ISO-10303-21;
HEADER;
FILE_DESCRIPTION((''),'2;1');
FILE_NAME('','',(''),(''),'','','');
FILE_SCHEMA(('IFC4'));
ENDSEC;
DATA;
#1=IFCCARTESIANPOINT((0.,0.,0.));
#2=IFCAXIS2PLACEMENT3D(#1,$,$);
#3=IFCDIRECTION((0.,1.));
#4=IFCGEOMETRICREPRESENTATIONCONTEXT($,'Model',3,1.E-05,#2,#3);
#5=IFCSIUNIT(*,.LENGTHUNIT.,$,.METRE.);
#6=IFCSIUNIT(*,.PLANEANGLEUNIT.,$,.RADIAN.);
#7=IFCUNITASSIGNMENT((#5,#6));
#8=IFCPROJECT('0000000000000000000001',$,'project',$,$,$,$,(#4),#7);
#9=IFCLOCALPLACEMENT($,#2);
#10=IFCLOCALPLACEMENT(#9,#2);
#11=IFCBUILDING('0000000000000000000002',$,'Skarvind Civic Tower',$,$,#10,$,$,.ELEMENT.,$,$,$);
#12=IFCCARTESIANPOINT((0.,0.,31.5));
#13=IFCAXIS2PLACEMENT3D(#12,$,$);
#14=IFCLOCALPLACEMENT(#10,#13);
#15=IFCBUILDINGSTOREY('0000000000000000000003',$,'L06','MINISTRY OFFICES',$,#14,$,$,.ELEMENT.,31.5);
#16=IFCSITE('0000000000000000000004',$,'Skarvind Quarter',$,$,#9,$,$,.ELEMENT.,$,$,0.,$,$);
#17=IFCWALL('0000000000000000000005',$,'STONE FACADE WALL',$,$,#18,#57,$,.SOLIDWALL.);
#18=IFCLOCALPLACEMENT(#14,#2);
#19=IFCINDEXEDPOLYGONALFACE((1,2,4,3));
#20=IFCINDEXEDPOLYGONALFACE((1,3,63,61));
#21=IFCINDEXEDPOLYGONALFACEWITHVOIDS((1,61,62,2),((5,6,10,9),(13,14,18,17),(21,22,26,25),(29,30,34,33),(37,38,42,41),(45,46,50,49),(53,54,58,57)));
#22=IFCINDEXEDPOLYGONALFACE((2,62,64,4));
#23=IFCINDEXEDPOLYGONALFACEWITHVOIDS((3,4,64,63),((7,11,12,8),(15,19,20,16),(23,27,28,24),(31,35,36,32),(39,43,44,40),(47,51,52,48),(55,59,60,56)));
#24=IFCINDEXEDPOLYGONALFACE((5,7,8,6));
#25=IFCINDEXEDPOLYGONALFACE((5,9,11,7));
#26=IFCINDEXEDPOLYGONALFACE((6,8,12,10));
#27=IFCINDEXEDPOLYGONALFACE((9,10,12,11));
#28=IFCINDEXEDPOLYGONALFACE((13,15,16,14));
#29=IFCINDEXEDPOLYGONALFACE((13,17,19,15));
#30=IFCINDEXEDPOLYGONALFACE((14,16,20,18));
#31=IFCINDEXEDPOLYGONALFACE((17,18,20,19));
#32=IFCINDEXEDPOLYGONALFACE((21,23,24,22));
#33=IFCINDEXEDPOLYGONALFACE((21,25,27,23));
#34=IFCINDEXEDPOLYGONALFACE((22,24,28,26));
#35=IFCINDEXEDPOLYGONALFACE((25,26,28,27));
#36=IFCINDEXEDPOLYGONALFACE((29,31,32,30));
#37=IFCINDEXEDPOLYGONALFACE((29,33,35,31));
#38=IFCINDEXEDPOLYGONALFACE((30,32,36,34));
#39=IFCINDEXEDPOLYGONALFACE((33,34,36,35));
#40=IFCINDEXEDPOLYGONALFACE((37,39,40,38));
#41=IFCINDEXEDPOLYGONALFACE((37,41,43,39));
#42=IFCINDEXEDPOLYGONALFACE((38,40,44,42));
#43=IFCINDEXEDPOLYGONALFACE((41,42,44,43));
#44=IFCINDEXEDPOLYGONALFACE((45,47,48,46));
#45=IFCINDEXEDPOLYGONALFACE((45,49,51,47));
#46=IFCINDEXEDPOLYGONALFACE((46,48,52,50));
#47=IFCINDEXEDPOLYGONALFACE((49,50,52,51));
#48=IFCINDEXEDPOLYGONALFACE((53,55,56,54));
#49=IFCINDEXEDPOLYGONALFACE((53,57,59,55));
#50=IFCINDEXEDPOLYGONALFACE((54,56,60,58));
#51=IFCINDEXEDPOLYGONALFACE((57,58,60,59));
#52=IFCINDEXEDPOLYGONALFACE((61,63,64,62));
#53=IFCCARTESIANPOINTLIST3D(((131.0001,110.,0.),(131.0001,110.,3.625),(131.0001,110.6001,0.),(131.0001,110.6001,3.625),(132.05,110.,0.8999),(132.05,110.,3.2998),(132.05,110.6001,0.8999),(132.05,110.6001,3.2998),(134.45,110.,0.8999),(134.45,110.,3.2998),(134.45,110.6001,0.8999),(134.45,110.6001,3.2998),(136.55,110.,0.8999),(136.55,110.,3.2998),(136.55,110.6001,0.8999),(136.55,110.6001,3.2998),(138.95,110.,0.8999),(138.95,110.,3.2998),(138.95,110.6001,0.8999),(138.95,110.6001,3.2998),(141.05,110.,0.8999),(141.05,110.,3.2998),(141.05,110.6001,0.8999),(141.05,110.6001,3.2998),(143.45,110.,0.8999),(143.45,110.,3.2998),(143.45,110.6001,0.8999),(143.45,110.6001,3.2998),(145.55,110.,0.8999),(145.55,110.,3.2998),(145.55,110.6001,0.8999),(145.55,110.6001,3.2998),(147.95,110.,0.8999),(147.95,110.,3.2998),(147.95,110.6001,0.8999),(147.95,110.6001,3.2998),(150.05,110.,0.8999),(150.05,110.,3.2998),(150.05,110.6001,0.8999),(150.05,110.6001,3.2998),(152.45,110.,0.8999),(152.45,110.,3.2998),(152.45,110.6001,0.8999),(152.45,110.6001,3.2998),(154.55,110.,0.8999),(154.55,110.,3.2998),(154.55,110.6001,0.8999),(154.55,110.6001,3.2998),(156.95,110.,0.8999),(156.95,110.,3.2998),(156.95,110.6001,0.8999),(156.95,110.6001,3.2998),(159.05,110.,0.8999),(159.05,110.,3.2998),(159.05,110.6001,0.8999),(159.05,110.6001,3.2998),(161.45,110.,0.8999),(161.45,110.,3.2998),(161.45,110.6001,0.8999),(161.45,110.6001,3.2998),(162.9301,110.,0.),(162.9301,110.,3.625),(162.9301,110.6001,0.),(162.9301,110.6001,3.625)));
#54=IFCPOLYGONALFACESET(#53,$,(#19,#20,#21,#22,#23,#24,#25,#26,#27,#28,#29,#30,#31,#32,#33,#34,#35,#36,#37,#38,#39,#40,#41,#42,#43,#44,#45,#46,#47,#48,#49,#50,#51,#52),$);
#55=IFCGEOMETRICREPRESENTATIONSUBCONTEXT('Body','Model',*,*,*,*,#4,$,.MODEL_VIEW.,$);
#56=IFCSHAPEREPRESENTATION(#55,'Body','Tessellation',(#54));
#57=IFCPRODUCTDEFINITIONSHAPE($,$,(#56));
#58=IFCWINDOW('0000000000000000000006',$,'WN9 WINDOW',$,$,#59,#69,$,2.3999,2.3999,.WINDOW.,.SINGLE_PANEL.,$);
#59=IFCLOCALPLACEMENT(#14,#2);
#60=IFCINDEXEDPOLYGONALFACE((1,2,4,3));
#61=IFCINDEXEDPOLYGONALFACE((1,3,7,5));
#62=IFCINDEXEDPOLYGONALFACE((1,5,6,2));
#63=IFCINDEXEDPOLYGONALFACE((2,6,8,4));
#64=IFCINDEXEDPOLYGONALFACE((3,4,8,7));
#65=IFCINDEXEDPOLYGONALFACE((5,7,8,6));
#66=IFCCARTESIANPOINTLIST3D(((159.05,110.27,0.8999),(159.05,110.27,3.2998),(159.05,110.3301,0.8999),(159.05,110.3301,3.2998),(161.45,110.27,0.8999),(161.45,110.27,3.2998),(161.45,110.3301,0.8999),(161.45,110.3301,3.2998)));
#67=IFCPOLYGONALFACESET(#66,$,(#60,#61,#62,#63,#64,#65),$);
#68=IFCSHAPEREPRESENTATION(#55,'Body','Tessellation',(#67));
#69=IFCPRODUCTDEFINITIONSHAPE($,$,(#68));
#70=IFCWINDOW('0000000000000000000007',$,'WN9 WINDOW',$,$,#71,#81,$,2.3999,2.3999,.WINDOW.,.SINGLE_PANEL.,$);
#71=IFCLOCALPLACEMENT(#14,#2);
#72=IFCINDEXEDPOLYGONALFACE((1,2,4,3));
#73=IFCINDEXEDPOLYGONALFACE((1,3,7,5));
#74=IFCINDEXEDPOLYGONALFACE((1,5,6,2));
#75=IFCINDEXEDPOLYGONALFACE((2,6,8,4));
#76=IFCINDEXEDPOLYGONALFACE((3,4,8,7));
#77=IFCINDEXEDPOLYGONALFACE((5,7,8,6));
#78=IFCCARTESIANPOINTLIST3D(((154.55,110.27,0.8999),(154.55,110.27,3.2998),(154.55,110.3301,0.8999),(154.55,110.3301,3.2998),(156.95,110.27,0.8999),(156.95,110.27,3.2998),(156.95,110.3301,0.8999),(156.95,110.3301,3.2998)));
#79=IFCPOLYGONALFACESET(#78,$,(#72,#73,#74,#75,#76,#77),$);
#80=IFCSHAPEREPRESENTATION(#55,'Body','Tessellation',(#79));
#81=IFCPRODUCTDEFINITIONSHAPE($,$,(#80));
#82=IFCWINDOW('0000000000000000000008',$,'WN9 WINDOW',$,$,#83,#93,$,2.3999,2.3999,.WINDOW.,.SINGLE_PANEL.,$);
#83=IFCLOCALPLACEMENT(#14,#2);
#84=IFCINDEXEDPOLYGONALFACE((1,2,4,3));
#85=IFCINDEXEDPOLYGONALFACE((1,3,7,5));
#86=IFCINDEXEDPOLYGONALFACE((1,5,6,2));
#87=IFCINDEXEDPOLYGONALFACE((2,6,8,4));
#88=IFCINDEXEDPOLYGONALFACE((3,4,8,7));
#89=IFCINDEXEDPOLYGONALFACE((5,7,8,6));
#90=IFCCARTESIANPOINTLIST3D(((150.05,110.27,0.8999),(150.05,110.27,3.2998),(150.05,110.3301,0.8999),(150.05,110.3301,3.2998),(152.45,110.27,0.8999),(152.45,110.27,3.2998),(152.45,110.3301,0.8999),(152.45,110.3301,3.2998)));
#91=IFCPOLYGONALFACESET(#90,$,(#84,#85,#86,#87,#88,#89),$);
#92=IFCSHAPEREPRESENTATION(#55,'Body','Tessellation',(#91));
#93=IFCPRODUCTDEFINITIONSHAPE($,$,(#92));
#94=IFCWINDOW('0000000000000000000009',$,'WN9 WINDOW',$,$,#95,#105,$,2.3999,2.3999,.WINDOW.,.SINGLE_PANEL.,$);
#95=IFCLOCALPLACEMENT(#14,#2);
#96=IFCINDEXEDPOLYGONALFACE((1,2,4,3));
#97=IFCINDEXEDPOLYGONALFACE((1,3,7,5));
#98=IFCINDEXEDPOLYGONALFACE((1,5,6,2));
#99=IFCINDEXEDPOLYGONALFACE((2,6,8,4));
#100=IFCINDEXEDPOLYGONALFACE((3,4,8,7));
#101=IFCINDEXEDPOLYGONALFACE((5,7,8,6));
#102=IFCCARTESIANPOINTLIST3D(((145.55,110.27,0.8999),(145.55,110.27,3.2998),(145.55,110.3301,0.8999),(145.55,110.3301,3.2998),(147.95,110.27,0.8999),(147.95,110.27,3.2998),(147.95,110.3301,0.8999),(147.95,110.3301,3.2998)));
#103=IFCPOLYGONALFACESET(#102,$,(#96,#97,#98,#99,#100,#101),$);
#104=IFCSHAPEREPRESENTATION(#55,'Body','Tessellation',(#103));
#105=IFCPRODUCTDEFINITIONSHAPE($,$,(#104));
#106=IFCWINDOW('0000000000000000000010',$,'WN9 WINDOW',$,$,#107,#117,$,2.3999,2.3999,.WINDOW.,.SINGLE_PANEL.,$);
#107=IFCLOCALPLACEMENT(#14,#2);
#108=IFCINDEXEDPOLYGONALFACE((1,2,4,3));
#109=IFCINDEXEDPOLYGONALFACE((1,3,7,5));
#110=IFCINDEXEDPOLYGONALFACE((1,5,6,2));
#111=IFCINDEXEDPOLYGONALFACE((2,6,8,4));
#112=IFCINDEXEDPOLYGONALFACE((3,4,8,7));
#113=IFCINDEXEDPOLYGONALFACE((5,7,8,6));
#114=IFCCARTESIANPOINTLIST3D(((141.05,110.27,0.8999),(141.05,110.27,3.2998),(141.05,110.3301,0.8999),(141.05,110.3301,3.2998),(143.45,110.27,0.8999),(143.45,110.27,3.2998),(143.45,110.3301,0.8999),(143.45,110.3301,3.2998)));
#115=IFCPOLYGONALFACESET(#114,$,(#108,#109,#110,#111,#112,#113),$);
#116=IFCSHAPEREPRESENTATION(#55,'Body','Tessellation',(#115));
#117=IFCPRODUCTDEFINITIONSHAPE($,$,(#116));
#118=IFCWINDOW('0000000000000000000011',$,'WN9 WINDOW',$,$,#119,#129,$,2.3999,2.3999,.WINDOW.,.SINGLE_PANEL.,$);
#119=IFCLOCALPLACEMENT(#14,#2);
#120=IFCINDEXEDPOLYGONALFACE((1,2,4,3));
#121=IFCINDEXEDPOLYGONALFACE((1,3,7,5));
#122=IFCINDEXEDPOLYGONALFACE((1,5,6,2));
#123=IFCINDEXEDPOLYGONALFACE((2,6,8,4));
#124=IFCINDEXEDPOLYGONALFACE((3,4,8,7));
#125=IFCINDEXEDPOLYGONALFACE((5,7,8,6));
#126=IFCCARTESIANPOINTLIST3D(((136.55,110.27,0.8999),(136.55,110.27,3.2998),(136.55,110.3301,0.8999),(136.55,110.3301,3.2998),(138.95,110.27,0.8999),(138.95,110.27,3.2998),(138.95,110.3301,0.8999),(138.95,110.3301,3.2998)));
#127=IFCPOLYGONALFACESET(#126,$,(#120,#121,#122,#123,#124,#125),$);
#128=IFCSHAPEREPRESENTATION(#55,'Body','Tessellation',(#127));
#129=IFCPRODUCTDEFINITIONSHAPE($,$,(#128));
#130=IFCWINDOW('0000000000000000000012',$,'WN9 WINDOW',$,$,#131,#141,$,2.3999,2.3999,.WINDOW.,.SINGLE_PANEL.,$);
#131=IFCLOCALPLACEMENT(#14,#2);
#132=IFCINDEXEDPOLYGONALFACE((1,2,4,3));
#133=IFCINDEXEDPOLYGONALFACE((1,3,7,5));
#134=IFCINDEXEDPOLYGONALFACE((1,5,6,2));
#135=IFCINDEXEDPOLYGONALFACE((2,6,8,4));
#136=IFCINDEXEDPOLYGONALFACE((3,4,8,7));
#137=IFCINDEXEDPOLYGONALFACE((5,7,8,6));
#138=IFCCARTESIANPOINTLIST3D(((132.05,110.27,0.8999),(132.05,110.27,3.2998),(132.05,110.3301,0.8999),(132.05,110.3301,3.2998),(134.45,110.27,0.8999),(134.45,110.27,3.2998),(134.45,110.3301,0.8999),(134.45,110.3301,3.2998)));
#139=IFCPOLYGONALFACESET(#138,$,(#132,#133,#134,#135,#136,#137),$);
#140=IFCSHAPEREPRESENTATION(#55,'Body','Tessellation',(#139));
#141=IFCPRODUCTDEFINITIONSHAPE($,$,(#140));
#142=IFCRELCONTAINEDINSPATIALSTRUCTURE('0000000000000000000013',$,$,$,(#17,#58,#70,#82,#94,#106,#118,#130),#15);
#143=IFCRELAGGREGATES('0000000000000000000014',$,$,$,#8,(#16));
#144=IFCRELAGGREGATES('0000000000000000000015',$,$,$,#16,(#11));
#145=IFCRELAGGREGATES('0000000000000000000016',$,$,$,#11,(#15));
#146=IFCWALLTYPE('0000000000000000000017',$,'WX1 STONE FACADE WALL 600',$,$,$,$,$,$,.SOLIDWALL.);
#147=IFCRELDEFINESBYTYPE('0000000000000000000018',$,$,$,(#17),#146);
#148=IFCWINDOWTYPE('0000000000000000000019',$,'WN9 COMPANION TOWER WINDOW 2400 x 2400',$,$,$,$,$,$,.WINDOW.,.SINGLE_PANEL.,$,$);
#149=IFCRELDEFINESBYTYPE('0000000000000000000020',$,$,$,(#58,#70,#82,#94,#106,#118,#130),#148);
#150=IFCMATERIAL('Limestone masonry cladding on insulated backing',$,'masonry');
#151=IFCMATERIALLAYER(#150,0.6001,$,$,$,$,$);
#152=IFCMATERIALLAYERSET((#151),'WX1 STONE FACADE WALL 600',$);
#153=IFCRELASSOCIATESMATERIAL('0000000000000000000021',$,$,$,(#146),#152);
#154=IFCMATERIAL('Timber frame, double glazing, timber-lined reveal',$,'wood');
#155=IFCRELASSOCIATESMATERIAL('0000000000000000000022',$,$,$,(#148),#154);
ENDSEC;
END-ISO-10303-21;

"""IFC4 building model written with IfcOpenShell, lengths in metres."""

from ifc_helpers import new_model, si_unit, direction, frame, frame_2d, origin, place, context, subcontext, project, spatial, rectangle, extrude, material, layer, layer_set, type_object, element, fill, save


model = new_model("IFC4")

# Units and contexts
model_context = context("Model", 3, precision=1e-05, world=origin(), true_north=direction((0.0, 1.0)))
body_context = subcontext(model_context, "Body", "Model", "MODEL_VIEW")
ifc_project = project(units=[si_unit("LENGTHUNIT", "METRE"), si_unit("PLANEANGLEUNIT", "RADIAN")], contexts=[model_context])

# Site, building, storey
site_placement = place(None, origin())
site = spatial("IfcSite", under=ifc_project, at=site_placement, Name="Skarvind Quarter", CompositionType="ELEMENT", RefElevation=0.0)
building_placement = place(site_placement, origin())
building = spatial("IfcBuilding", under=site, at=building_placement, Name="Skarvind Civic Tower", CompositionType="ELEMENT")
storey_placement = place(building_placement, frame((0.0, 0.0, 31.5)))
storey = spatial("IfcBuildingStorey", under=building, at=storey_placement, Name="L06", Description="MINISTRY OFFICES", CompositionType="ELEMENT", Elevation=31.5)

# Wall, openings, windows
ifc_material_1 = material(Name="Limestone masonry cladding on insulated backing", Category="masonry")
ifc_layer_1 = layer(ifc_material_1, 0.6001)
ifc_layer_set_1 = layer_set([ifc_layer_1], Name="WX1 STONE FACADE WALL 600")
wall_type_1 = type_object("IfcWallType", Name="WX1 STONE FACADE WALL 600", PredefinedType="SOLIDWALL", material=ifc_layer_set_1)
wall_1_placement = place(storey_placement, frame((162.9299, 110.3, 0.0), z_axis=(0.0, 0.0, 1.0), x_axis=(-1.0, 0.0, 0.0)))
wall_1 = element("IfcWall", 1, at=wall_1_placement, inside=storey, type_object=wall_type_1, Name="STONE FACADE WALL", PredefinedType="SOLIDWALL", context=body_context, shape_type="SweptSolid", body=[
    extrude(rectangle(XDim=31.9299, YDim=0.6001, at=frame_2d((15.9648, 0.0))), origin(), (0.0, 0.0, 1.0), 3.625),
])
opening_1_placement = place(wall_1_placement, frame((1.48, 0.0, 0.8999)))
opening_1 = element("IfcOpeningElement", 2, at=opening_1_placement, cuts=wall_1, PredefinedType="OPENING", context=body_context, shape_type="SweptSolid", body=[
    extrude(rectangle(XDim=2.3999, YDim=2.3999, at=frame_2d((1.2, 1.2))), frame((0.0, 0.3101, 0.0), z_axis=(0.0, -1.0, 0.0), x_axis=(1.0, 0.0, 0.0)), (0.0, 0.0, 1.0), 0.6201),
])
opening_2_placement = place(wall_1_placement, frame((5.98, 0.0, 0.8999)))
opening_2 = element("IfcOpeningElement", 3, at=opening_2_placement, cuts=wall_1, PredefinedType="OPENING", context=body_context, shape_type="SweptSolid", body=[
    extrude(rectangle(XDim=2.3999, YDim=2.3999, at=frame_2d((1.2, 1.2))), frame((0.0, 0.3101, 0.0), z_axis=(0.0, -1.0, 0.0), x_axis=(1.0, 0.0, 0.0)), (0.0, 0.0, 1.0), 0.6201),
])
opening_3_placement = place(wall_1_placement, frame((10.48, 0.0, 0.8999)))
opening_3 = element("IfcOpeningElement", 4, at=opening_3_placement, cuts=wall_1, PredefinedType="OPENING", context=body_context, shape_type="SweptSolid", body=[
    extrude(rectangle(XDim=2.3999, YDim=2.3999, at=frame_2d((1.2, 1.2))), frame((0.0, 0.3101, 0.0), z_axis=(0.0, -1.0, 0.0), x_axis=(1.0, 0.0, 0.0)), (0.0, 0.0, 1.0), 0.6201),
])
opening_4_placement = place(wall_1_placement, frame((14.98, 0.0, 0.8999)))
opening_4 = element("IfcOpeningElement", 5, at=opening_4_placement, cuts=wall_1, PredefinedType="OPENING", context=body_context, shape_type="SweptSolid", body=[
    extrude(rectangle(XDim=2.3999, YDim=2.3999, at=frame_2d((1.2, 1.2))), frame((0.0, 0.3101, 0.0), z_axis=(0.0, -1.0, 0.0), x_axis=(1.0, 0.0, 0.0)), (0.0, 0.0, 1.0), 0.6201),
])
opening_5_placement = place(wall_1_placement, frame((19.48, 0.0, 0.8999)))
opening_5 = element("IfcOpeningElement", 6, at=opening_5_placement, cuts=wall_1, PredefinedType="OPENING", context=body_context, shape_type="SweptSolid", body=[
    extrude(rectangle(XDim=2.3999, YDim=2.3999, at=frame_2d((1.2, 1.2))), frame((0.0, 0.3101, 0.0), z_axis=(0.0, -1.0, 0.0), x_axis=(1.0, 0.0, 0.0)), (0.0, 0.0, 1.0), 0.6201),
])
opening_6_placement = place(wall_1_placement, frame((23.98, 0.0, 0.8999)))
opening_6 = element("IfcOpeningElement", 7, at=opening_6_placement, cuts=wall_1, PredefinedType="OPENING", context=body_context, shape_type="SweptSolid", body=[
    extrude(rectangle(XDim=2.3999, YDim=2.3999, at=frame_2d((1.2, 1.2))), frame((0.0, 0.3101, 0.0), z_axis=(0.0, -1.0, 0.0), x_axis=(1.0, 0.0, 0.0)), (0.0, 0.0, 1.0), 0.6201),
])
opening_7_placement = place(wall_1_placement, frame((28.48, 0.0, 0.8999)))
opening_7 = element("IfcOpeningElement", 8, at=opening_7_placement, cuts=wall_1, PredefinedType="OPENING", context=body_context, shape_type="SweptSolid", body=[
    extrude(rectangle(XDim=2.3999, YDim=2.3999, at=frame_2d((1.2, 1.2))), frame((0.0, 0.3101, 0.0), z_axis=(0.0, -1.0, 0.0), x_axis=(1.0, 0.0, 0.0)), (0.0, 0.0, 1.0), 0.6201),
])
ifc_material_2 = material(Name="Timber frame, double glazing, timber-lined reveal", Category="wood")
window_type = type_object("IfcWindowType", Name="WN9 COMPANION TOWER WINDOW 2400 x 2400", PartitioningType="SINGLE_PANEL", PredefinedType="WINDOW", material=ifc_material_2)
window_1_placement = place(opening_1_placement, origin())
window_1 = element("IfcWindow", 9, at=window_1_placement, inside=storey, type_object=window_type, Name="WN9 WINDOW", OverallHeight=2.3999, OverallWidth=2.3999, PartitioningType="SINGLE_PANEL", PredefinedType="WINDOW", context=body_context, shape_type="SweptSolid", body=[
    extrude(rectangle(XDim=2.3999, YDim=2.3999, at=frame_2d((1.2, 1.2))), frame((0.0, 0.03, 0.0), z_axis=(0.0, -1.0, 0.0), x_axis=(1.0, 0.0, 0.0)), (0.0, 0.0, 1.0), 0.0601),
])
fill(opening_1, window_1)
window_2_placement = place(opening_2_placement, origin())
window_2 = element("IfcWindow", 10, at=window_2_placement, inside=storey, type_object=window_type, Name="WN9 WINDOW", OverallHeight=2.3999, OverallWidth=2.3999, PartitioningType="SINGLE_PANEL", PredefinedType="WINDOW", context=body_context, shape_type="SweptSolid", body=[
    extrude(rectangle(XDim=2.3999, YDim=2.3999, at=frame_2d((1.2, 1.2))), frame((0.0, 0.03, 0.0), z_axis=(0.0, -1.0, 0.0), x_axis=(1.0, 0.0, 0.0)), (0.0, 0.0, 1.0), 0.0601),
])
fill(opening_2, window_2)
window_3_placement = place(opening_3_placement, origin())
window_3 = element("IfcWindow", 11, at=window_3_placement, inside=storey, type_object=window_type, Name="WN9 WINDOW", OverallHeight=2.3999, OverallWidth=2.3999, PartitioningType="SINGLE_PANEL", PredefinedType="WINDOW", context=body_context, shape_type="SweptSolid", body=[
    extrude(rectangle(XDim=2.3999, YDim=2.3999, at=frame_2d((1.2, 1.2))), frame((0.0, 0.03, 0.0), z_axis=(0.0, -1.0, 0.0), x_axis=(1.0, 0.0, 0.0)), (0.0, 0.0, 1.0), 0.0601),
])
fill(opening_3, window_3)
window_4_placement = place(opening_4_placement, origin())
window_4 = element("IfcWindow", 12, at=window_4_placement, inside=storey, type_object=window_type, Name="WN9 WINDOW", OverallHeight=2.3999, OverallWidth=2.3999, PartitioningType="SINGLE_PANEL", PredefinedType="WINDOW", context=body_context, shape_type="SweptSolid", body=[
    extrude(rectangle(XDim=2.3999, YDim=2.3999, at=frame_2d((1.2, 1.2))), frame((0.0, 0.03, 0.0), z_axis=(0.0, -1.0, 0.0), x_axis=(1.0, 0.0, 0.0)), (0.0, 0.0, 1.0), 0.0601),
])
fill(opening_4, window_4)
window_5_placement = place(opening_5_placement, origin())
window_5 = element("IfcWindow", 13, at=window_5_placement, inside=storey, type_object=window_type, Name="WN9 WINDOW", OverallHeight=2.3999, OverallWidth=2.3999, PartitioningType="SINGLE_PANEL", PredefinedType="WINDOW", context=body_context, shape_type="SweptSolid", body=[
    extrude(rectangle(XDim=2.3999, YDim=2.3999, at=frame_2d((1.2, 1.2))), frame((0.0, 0.03, 0.0), z_axis=(0.0, -1.0, 0.0), x_axis=(1.0, 0.0, 0.0)), (0.0, 0.0, 1.0), 0.0601),
])
fill(opening_5, window_5)
window_6_placement = place(opening_6_placement, origin())
window_6 = element("IfcWindow", 14, at=window_6_placement, inside=storey, type_object=window_type, Name="WN9 WINDOW", OverallHeight=2.3999, OverallWidth=2.3999, PartitioningType="SINGLE_PANEL", PredefinedType="WINDOW", context=body_context, shape_type="SweptSolid", body=[
    extrude(rectangle(XDim=2.3999, YDim=2.3999, at=frame_2d((1.2, 1.2))), frame((0.0, 0.03, 0.0), z_axis=(0.0, -1.0, 0.0), x_axis=(1.0, 0.0, 0.0)), (0.0, 0.0, 1.0), 0.0601),
])
fill(opening_6, window_6)
window_7_placement = place(opening_7_placement, origin())
window_7 = element("IfcWindow", 15, at=window_7_placement, inside=storey, type_object=window_type, Name="WN9 WINDOW", OverallHeight=2.3999, OverallWidth=2.3999, PartitioningType="SINGLE_PANEL", PredefinedType="WINDOW", context=body_context, shape_type="SweptSolid", body=[
    extrude(rectangle(XDim=2.3999, YDim=2.3999, at=frame_2d((1.2, 1.2))), frame((0.0, 0.03, 0.0), z_axis=(0.0, -1.0, 0.0), x_axis=(1.0, 0.0, 0.0)), (0.0, 0.0, 1.0), 0.0601),
])
fill(opening_7, window_7)

save(model, "model.ifc")
